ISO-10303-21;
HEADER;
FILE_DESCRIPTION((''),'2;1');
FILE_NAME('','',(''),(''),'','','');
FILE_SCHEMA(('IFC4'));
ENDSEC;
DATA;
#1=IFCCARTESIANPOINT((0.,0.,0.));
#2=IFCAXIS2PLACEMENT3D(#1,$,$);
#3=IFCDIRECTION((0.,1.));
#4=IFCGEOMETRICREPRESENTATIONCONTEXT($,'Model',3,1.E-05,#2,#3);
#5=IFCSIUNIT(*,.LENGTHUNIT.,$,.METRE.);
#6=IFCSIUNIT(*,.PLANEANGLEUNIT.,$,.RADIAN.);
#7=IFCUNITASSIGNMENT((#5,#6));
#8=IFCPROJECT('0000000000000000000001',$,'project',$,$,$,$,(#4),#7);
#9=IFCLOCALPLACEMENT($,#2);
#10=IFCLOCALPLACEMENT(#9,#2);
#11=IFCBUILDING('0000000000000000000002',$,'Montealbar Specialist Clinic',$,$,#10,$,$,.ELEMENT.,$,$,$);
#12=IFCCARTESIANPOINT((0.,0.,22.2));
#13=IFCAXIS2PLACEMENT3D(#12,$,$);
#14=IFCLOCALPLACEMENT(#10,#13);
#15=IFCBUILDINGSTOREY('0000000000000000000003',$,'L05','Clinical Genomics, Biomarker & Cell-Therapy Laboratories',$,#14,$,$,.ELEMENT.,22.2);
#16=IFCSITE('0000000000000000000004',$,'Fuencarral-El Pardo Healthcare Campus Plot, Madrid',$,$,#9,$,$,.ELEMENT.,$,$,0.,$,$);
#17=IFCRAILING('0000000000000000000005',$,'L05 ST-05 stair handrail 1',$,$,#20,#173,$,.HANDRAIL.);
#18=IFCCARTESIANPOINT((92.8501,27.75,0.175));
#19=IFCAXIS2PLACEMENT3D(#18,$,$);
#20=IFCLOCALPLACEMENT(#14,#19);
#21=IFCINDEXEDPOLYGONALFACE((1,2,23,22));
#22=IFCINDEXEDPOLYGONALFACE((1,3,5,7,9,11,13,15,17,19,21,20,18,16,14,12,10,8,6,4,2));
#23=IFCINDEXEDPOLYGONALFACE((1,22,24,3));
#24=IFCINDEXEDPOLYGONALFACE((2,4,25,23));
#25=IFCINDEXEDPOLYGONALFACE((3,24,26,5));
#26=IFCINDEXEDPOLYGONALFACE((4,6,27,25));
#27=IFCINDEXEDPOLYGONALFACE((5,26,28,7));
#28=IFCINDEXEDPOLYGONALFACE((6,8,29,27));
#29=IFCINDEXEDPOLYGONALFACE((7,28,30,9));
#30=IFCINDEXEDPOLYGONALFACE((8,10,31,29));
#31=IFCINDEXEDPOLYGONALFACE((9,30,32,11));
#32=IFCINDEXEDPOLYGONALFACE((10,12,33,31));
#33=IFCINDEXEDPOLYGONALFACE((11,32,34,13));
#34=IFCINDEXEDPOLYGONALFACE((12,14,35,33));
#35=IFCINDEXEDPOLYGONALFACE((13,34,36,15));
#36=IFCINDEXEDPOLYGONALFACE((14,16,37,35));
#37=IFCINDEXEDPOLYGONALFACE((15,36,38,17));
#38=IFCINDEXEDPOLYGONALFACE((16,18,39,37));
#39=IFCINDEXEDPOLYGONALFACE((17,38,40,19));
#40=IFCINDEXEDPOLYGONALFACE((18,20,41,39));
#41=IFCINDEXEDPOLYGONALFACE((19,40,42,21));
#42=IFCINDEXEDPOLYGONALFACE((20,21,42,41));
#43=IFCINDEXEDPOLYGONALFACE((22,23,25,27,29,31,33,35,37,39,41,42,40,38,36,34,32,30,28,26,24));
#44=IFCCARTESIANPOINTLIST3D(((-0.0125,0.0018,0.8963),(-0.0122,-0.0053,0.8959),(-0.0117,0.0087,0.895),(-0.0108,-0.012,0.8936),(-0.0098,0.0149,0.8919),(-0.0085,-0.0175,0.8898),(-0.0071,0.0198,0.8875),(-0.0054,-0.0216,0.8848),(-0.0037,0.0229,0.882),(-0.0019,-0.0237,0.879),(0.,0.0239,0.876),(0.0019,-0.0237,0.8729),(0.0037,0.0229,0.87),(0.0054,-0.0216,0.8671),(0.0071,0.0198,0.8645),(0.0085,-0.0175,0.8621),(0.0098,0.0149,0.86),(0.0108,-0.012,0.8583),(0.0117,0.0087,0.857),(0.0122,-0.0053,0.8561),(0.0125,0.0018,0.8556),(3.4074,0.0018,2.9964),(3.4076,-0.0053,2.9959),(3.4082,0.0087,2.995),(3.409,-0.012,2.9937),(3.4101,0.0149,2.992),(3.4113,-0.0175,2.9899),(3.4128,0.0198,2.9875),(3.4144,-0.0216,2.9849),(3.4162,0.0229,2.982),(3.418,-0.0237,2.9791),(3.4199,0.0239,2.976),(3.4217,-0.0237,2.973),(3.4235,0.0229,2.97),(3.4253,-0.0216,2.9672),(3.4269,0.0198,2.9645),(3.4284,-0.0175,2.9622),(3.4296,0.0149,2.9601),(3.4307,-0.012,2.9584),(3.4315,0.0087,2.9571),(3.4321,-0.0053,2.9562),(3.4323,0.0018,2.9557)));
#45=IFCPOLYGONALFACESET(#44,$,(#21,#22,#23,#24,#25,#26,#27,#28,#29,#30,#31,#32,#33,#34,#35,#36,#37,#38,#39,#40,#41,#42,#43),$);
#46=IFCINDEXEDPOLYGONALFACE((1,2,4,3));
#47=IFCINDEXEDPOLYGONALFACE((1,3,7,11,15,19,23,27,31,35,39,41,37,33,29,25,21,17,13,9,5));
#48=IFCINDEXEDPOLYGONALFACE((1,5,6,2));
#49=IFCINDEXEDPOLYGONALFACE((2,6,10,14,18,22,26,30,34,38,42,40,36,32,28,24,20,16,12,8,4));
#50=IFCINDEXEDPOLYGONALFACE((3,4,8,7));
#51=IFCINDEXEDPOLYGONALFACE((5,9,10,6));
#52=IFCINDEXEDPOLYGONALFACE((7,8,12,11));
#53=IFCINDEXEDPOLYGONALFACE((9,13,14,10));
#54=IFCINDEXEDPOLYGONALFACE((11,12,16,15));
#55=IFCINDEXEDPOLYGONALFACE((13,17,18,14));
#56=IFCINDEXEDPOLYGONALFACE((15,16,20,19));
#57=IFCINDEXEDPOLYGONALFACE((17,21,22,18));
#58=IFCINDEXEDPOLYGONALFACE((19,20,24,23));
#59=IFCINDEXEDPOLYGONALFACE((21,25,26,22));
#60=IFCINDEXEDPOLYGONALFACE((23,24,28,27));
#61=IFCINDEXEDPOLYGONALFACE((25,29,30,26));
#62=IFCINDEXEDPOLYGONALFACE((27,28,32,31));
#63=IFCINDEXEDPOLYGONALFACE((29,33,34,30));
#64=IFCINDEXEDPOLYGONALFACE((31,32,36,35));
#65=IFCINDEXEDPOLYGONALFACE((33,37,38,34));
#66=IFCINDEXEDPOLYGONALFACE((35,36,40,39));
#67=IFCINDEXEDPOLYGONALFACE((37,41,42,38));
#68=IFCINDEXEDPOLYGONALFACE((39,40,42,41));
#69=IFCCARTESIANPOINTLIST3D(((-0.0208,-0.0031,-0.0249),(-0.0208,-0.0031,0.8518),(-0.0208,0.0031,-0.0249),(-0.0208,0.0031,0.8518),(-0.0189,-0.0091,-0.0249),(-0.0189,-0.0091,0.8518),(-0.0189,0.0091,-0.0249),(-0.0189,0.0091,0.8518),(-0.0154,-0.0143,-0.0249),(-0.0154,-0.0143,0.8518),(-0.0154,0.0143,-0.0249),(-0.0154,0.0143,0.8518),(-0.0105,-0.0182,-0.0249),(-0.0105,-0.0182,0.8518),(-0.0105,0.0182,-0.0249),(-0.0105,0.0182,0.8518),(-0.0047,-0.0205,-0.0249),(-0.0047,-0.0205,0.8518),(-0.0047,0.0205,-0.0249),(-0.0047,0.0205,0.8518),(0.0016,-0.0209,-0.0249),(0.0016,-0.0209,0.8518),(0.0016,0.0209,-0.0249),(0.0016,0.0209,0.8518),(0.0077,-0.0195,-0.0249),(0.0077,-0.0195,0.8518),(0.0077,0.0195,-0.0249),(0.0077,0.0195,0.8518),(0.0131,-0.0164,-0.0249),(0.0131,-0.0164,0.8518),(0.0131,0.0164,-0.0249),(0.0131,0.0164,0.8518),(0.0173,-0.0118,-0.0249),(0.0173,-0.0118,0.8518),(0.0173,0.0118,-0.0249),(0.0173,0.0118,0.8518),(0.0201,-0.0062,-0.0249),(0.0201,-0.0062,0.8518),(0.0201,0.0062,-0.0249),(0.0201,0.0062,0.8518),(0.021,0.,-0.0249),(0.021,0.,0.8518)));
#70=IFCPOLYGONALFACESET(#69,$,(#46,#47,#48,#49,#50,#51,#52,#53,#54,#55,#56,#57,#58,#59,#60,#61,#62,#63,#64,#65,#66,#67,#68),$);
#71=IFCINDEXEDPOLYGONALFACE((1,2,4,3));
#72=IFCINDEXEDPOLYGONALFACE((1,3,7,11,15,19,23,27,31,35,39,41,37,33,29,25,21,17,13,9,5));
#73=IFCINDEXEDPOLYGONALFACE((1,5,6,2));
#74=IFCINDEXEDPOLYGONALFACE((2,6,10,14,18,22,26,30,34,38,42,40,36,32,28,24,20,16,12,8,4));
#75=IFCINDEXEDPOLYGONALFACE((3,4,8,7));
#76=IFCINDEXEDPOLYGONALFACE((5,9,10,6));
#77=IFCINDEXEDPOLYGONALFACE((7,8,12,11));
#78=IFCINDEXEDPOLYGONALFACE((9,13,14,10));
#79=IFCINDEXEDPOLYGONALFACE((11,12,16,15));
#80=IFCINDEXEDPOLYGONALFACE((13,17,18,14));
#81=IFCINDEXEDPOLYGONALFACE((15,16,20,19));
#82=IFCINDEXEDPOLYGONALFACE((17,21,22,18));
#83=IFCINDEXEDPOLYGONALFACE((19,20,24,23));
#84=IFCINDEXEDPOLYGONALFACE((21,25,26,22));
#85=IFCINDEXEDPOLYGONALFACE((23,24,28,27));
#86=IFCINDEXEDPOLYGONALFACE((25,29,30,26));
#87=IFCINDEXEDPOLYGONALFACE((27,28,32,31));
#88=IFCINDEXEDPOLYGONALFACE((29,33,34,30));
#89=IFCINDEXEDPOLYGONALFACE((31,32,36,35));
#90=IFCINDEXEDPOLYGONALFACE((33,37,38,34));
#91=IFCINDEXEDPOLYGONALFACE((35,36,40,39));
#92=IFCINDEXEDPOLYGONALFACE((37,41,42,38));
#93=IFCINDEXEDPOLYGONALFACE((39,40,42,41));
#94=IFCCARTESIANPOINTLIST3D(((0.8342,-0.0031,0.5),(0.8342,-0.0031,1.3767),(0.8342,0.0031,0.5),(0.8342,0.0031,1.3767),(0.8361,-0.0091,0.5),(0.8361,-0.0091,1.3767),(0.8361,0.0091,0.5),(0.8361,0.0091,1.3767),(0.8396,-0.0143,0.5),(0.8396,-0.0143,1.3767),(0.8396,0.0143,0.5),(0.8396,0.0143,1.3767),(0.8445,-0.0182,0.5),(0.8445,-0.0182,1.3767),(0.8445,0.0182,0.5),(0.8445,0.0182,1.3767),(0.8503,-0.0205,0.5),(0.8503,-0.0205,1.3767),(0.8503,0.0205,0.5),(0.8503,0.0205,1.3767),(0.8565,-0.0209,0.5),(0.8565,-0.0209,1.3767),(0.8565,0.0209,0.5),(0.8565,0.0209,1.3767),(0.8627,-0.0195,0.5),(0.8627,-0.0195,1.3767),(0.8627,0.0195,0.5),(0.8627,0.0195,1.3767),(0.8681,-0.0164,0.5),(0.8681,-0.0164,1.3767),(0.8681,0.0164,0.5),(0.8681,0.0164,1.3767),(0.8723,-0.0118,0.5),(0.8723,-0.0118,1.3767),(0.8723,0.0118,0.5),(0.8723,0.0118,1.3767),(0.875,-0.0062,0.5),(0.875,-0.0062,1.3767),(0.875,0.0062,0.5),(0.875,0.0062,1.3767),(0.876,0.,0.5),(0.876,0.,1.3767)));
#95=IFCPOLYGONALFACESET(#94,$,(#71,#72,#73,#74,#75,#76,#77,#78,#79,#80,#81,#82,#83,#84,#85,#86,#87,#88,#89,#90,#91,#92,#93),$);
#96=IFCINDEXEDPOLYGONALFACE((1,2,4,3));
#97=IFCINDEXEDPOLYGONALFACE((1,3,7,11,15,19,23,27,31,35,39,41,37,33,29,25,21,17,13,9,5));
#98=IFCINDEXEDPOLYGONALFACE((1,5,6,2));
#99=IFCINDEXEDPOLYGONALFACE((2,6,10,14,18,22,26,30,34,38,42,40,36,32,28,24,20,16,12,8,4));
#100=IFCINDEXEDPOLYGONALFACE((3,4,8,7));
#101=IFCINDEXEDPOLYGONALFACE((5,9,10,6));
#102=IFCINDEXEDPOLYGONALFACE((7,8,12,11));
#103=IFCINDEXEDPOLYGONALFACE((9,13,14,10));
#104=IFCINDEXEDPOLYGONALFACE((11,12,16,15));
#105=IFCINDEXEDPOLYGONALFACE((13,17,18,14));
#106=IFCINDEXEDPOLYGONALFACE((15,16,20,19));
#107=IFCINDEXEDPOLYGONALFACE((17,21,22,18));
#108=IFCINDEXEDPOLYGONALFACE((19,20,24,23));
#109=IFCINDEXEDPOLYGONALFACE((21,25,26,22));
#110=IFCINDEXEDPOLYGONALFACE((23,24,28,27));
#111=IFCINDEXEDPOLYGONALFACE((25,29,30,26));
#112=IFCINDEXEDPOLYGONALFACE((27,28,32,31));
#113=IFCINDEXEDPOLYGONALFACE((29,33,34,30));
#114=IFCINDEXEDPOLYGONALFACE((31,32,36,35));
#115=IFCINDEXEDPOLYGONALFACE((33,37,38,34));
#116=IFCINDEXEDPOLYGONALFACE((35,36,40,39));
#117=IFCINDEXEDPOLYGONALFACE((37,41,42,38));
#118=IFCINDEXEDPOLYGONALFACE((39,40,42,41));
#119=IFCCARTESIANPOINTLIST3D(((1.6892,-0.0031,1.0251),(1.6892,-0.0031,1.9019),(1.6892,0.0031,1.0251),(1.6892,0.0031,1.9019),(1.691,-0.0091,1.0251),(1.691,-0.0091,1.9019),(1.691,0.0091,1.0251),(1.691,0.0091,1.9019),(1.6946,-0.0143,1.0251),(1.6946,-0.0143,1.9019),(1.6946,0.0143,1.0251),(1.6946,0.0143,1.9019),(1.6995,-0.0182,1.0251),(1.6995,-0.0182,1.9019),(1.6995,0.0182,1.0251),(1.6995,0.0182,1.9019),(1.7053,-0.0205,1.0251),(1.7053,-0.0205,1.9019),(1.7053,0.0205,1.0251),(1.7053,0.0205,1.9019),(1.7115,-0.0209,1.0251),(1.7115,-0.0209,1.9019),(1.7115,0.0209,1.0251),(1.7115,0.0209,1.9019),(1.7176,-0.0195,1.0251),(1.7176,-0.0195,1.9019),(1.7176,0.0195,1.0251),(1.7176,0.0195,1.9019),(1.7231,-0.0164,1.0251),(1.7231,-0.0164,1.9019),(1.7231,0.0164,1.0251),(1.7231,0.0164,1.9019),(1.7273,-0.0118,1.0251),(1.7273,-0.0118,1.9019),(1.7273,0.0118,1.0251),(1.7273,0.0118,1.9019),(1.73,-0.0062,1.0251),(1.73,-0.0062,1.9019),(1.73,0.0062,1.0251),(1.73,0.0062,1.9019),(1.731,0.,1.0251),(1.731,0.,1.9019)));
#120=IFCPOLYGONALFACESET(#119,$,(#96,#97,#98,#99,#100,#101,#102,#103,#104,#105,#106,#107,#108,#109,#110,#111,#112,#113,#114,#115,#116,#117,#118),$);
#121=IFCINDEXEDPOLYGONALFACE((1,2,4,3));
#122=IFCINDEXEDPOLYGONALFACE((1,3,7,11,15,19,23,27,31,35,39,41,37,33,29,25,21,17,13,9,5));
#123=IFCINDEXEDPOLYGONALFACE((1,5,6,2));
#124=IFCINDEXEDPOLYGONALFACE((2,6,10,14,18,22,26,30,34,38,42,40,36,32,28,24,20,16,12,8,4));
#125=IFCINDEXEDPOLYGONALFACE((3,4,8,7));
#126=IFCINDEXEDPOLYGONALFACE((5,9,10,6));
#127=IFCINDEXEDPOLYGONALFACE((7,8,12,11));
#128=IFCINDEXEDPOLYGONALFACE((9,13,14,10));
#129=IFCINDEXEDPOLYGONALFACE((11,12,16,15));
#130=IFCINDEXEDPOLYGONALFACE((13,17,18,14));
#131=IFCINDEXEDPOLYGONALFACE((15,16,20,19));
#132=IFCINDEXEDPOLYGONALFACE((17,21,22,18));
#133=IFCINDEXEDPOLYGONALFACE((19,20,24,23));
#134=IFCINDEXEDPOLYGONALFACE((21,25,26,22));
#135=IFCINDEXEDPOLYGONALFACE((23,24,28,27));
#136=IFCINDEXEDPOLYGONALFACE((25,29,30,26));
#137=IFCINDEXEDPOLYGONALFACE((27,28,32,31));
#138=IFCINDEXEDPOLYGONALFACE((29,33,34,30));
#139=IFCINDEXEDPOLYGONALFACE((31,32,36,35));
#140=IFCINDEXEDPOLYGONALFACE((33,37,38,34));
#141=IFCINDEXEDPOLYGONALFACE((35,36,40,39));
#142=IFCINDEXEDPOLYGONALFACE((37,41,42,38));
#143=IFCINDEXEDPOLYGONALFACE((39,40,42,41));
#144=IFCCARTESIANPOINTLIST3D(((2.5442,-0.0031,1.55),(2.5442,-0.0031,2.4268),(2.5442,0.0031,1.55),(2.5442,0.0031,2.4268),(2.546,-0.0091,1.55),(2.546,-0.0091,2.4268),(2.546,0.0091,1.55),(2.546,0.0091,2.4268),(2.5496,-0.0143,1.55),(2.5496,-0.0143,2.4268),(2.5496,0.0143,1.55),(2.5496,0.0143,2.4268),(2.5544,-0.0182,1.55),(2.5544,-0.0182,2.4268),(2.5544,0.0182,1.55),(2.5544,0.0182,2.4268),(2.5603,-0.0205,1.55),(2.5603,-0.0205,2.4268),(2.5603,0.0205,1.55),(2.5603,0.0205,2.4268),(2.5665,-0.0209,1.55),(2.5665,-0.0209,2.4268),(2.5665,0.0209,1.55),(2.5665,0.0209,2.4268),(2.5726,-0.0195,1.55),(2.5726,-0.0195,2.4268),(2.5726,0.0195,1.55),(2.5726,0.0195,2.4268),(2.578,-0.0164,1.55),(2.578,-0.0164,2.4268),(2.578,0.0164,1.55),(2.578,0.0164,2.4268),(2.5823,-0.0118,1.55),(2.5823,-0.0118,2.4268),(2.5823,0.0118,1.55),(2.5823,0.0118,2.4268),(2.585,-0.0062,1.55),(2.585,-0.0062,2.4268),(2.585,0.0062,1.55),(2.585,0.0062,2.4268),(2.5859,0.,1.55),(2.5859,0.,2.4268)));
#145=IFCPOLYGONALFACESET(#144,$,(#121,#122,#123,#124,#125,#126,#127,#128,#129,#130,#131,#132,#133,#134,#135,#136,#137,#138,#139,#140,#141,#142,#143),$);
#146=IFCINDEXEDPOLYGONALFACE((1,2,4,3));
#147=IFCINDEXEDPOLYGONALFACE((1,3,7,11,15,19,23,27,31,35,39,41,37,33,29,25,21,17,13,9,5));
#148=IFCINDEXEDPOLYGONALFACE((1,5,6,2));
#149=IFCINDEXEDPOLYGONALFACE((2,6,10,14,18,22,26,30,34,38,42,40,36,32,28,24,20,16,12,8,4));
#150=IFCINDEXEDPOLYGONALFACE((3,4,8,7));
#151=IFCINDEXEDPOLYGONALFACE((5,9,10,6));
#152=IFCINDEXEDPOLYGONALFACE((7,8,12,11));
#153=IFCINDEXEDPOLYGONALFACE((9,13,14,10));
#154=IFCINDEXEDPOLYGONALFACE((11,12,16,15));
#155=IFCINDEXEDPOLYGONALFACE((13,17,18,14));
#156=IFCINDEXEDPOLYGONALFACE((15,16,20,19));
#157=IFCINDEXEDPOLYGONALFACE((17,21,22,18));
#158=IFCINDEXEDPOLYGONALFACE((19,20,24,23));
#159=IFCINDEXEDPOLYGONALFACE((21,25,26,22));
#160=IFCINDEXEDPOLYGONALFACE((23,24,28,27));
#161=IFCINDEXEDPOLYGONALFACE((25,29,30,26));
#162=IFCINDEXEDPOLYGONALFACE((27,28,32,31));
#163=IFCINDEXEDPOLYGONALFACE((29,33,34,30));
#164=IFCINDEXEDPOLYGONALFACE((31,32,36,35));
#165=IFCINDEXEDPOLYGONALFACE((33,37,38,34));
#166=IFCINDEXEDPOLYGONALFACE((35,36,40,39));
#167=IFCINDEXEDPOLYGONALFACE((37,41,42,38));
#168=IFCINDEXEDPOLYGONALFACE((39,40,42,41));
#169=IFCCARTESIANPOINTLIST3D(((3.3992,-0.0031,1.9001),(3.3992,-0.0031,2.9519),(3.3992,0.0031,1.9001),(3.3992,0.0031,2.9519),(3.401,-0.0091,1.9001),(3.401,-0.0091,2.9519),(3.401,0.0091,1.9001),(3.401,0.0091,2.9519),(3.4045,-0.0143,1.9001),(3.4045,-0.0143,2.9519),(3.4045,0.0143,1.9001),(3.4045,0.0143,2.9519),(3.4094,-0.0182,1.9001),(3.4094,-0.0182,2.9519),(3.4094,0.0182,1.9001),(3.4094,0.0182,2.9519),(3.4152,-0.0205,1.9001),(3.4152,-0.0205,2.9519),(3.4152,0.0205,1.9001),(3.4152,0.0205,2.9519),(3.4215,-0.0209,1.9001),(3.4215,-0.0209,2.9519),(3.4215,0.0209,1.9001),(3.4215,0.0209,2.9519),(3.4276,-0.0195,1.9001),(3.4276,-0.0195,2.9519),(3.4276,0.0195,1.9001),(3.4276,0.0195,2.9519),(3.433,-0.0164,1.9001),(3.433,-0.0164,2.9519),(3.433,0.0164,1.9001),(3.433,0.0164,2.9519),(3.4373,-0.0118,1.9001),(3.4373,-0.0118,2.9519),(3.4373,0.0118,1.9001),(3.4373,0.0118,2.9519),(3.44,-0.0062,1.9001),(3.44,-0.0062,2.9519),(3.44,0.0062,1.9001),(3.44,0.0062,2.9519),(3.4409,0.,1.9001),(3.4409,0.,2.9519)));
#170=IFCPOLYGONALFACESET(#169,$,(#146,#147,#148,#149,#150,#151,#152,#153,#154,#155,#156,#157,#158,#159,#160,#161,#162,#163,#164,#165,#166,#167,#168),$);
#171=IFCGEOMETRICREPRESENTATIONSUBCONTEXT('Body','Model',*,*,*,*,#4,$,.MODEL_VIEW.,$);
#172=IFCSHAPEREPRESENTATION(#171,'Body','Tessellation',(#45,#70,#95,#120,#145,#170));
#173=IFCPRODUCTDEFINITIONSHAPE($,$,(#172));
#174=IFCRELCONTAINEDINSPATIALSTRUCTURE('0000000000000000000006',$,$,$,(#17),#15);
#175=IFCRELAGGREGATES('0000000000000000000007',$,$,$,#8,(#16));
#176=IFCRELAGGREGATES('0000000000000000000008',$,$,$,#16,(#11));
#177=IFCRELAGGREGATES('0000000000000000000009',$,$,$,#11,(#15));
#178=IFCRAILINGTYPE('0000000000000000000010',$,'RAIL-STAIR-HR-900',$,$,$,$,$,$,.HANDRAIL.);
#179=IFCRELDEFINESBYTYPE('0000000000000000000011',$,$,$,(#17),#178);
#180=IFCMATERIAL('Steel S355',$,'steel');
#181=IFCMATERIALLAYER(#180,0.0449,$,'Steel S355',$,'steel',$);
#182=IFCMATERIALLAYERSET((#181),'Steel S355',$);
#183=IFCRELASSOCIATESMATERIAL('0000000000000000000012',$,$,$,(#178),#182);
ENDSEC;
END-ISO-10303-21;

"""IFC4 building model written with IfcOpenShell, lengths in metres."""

from ifc_helpers import new_model, si_unit, direction, frame, origin, origin_2d, place, context, subcontext, project, spatial, circle, extrude, material, layer, layer_set, type_object, element, save


model = new_model("IFC4")

# Units and contexts
model_context = context("Model", 3, precision=1e-05, world=origin(), true_north=direction((0.0, 1.0)))
body_context = subcontext(model_context, "Body", "Model", "MODEL_VIEW")
ifc_project = project(units=[si_unit("LENGTHUNIT", "METRE"), si_unit("PLANEANGLEUNIT", "RADIAN")], contexts=[model_context])

# Site, building, storey
site_placement = place(None, origin())
site = spatial("IfcSite", under=ifc_project, at=site_placement, Name="Fuencarral-El Pardo Healthcare Campus Plot, Madrid", CompositionType="ELEMENT", RefElevation=0.0)
building_placement = place(site_placement, origin())
building = spatial("IfcBuilding", under=site, at=building_placement, Name="Montealbar Specialist Clinic", CompositionType="ELEMENT")
storey_placement = place(building_placement, frame((0.0, 0.0, 22.2)))
storey = spatial("IfcBuildingStorey", under=building, at=storey_placement, Name="L05", Description="Clinical Genomics, Biomarker & Cell-Therapy Laboratories", CompositionType="ELEMENT", Elevation=22.2)

# Shared definitions
ifc_material_1 = material(Name="Steel S355", Category="steel")

# Railing
ifc_layer_1 = layer(ifc_material_1, 0.0449, Name="Steel S355", Category="steel")
ifc_layer_set_1 = layer_set([ifc_layer_1], Name="Steel S355")
railing_type_1 = type_object("IfcRailingType", Name="RAIL-STAIR-HR-900", PredefinedType="HANDRAIL", material=ifc_layer_set_1)
railing_1_placement = place(storey_placement, frame((92.8501, 27.75, 0.175)))
element("IfcRailing", 1, at=railing_1_placement, inside=storey, type_object=railing_type_1, Name="L05 ST-05 stair handrail 1", PredefinedType="HANDRAIL", context=body_context, shape_type="SweptSolid", body=[
    extrude(circle(Radius=0.0239, at=origin_2d()), frame((0.0, 0.0, 0.876), z_axis=(0.852155, 0.0, 0.523289), x_axis=(0.0, 1.0, 0.0)), (0.0, 0.0, 1.0), 4.0132),
    extrude(circle(Radius=0.021, at=origin_2d()), frame((0.0, 0.0, -0.0249)), (0.0, 0.0, 1.0), 0.8767),
    extrude(circle(Radius=0.021, at=origin_2d()), frame((0.855, 0.0, 0.5)), (0.0, 0.0, 1.0), 0.8767),
    extrude(circle(Radius=0.021, at=origin_2d()), frame((1.71, 0.0, 1.0251)), (0.0, 0.0, 1.0), 0.8767),
    extrude(circle(Radius=0.021, at=origin_2d()), frame((2.5649, 0.0, 1.55)), (0.0, 0.0, 1.0), 0.8767),
    extrude(circle(Radius=0.021, at=origin_2d()), frame((3.4199, 0.0, 1.9001)), (0.0, 0.0, 1.0), 1.0518),
])

save(model, "model.ifc")
